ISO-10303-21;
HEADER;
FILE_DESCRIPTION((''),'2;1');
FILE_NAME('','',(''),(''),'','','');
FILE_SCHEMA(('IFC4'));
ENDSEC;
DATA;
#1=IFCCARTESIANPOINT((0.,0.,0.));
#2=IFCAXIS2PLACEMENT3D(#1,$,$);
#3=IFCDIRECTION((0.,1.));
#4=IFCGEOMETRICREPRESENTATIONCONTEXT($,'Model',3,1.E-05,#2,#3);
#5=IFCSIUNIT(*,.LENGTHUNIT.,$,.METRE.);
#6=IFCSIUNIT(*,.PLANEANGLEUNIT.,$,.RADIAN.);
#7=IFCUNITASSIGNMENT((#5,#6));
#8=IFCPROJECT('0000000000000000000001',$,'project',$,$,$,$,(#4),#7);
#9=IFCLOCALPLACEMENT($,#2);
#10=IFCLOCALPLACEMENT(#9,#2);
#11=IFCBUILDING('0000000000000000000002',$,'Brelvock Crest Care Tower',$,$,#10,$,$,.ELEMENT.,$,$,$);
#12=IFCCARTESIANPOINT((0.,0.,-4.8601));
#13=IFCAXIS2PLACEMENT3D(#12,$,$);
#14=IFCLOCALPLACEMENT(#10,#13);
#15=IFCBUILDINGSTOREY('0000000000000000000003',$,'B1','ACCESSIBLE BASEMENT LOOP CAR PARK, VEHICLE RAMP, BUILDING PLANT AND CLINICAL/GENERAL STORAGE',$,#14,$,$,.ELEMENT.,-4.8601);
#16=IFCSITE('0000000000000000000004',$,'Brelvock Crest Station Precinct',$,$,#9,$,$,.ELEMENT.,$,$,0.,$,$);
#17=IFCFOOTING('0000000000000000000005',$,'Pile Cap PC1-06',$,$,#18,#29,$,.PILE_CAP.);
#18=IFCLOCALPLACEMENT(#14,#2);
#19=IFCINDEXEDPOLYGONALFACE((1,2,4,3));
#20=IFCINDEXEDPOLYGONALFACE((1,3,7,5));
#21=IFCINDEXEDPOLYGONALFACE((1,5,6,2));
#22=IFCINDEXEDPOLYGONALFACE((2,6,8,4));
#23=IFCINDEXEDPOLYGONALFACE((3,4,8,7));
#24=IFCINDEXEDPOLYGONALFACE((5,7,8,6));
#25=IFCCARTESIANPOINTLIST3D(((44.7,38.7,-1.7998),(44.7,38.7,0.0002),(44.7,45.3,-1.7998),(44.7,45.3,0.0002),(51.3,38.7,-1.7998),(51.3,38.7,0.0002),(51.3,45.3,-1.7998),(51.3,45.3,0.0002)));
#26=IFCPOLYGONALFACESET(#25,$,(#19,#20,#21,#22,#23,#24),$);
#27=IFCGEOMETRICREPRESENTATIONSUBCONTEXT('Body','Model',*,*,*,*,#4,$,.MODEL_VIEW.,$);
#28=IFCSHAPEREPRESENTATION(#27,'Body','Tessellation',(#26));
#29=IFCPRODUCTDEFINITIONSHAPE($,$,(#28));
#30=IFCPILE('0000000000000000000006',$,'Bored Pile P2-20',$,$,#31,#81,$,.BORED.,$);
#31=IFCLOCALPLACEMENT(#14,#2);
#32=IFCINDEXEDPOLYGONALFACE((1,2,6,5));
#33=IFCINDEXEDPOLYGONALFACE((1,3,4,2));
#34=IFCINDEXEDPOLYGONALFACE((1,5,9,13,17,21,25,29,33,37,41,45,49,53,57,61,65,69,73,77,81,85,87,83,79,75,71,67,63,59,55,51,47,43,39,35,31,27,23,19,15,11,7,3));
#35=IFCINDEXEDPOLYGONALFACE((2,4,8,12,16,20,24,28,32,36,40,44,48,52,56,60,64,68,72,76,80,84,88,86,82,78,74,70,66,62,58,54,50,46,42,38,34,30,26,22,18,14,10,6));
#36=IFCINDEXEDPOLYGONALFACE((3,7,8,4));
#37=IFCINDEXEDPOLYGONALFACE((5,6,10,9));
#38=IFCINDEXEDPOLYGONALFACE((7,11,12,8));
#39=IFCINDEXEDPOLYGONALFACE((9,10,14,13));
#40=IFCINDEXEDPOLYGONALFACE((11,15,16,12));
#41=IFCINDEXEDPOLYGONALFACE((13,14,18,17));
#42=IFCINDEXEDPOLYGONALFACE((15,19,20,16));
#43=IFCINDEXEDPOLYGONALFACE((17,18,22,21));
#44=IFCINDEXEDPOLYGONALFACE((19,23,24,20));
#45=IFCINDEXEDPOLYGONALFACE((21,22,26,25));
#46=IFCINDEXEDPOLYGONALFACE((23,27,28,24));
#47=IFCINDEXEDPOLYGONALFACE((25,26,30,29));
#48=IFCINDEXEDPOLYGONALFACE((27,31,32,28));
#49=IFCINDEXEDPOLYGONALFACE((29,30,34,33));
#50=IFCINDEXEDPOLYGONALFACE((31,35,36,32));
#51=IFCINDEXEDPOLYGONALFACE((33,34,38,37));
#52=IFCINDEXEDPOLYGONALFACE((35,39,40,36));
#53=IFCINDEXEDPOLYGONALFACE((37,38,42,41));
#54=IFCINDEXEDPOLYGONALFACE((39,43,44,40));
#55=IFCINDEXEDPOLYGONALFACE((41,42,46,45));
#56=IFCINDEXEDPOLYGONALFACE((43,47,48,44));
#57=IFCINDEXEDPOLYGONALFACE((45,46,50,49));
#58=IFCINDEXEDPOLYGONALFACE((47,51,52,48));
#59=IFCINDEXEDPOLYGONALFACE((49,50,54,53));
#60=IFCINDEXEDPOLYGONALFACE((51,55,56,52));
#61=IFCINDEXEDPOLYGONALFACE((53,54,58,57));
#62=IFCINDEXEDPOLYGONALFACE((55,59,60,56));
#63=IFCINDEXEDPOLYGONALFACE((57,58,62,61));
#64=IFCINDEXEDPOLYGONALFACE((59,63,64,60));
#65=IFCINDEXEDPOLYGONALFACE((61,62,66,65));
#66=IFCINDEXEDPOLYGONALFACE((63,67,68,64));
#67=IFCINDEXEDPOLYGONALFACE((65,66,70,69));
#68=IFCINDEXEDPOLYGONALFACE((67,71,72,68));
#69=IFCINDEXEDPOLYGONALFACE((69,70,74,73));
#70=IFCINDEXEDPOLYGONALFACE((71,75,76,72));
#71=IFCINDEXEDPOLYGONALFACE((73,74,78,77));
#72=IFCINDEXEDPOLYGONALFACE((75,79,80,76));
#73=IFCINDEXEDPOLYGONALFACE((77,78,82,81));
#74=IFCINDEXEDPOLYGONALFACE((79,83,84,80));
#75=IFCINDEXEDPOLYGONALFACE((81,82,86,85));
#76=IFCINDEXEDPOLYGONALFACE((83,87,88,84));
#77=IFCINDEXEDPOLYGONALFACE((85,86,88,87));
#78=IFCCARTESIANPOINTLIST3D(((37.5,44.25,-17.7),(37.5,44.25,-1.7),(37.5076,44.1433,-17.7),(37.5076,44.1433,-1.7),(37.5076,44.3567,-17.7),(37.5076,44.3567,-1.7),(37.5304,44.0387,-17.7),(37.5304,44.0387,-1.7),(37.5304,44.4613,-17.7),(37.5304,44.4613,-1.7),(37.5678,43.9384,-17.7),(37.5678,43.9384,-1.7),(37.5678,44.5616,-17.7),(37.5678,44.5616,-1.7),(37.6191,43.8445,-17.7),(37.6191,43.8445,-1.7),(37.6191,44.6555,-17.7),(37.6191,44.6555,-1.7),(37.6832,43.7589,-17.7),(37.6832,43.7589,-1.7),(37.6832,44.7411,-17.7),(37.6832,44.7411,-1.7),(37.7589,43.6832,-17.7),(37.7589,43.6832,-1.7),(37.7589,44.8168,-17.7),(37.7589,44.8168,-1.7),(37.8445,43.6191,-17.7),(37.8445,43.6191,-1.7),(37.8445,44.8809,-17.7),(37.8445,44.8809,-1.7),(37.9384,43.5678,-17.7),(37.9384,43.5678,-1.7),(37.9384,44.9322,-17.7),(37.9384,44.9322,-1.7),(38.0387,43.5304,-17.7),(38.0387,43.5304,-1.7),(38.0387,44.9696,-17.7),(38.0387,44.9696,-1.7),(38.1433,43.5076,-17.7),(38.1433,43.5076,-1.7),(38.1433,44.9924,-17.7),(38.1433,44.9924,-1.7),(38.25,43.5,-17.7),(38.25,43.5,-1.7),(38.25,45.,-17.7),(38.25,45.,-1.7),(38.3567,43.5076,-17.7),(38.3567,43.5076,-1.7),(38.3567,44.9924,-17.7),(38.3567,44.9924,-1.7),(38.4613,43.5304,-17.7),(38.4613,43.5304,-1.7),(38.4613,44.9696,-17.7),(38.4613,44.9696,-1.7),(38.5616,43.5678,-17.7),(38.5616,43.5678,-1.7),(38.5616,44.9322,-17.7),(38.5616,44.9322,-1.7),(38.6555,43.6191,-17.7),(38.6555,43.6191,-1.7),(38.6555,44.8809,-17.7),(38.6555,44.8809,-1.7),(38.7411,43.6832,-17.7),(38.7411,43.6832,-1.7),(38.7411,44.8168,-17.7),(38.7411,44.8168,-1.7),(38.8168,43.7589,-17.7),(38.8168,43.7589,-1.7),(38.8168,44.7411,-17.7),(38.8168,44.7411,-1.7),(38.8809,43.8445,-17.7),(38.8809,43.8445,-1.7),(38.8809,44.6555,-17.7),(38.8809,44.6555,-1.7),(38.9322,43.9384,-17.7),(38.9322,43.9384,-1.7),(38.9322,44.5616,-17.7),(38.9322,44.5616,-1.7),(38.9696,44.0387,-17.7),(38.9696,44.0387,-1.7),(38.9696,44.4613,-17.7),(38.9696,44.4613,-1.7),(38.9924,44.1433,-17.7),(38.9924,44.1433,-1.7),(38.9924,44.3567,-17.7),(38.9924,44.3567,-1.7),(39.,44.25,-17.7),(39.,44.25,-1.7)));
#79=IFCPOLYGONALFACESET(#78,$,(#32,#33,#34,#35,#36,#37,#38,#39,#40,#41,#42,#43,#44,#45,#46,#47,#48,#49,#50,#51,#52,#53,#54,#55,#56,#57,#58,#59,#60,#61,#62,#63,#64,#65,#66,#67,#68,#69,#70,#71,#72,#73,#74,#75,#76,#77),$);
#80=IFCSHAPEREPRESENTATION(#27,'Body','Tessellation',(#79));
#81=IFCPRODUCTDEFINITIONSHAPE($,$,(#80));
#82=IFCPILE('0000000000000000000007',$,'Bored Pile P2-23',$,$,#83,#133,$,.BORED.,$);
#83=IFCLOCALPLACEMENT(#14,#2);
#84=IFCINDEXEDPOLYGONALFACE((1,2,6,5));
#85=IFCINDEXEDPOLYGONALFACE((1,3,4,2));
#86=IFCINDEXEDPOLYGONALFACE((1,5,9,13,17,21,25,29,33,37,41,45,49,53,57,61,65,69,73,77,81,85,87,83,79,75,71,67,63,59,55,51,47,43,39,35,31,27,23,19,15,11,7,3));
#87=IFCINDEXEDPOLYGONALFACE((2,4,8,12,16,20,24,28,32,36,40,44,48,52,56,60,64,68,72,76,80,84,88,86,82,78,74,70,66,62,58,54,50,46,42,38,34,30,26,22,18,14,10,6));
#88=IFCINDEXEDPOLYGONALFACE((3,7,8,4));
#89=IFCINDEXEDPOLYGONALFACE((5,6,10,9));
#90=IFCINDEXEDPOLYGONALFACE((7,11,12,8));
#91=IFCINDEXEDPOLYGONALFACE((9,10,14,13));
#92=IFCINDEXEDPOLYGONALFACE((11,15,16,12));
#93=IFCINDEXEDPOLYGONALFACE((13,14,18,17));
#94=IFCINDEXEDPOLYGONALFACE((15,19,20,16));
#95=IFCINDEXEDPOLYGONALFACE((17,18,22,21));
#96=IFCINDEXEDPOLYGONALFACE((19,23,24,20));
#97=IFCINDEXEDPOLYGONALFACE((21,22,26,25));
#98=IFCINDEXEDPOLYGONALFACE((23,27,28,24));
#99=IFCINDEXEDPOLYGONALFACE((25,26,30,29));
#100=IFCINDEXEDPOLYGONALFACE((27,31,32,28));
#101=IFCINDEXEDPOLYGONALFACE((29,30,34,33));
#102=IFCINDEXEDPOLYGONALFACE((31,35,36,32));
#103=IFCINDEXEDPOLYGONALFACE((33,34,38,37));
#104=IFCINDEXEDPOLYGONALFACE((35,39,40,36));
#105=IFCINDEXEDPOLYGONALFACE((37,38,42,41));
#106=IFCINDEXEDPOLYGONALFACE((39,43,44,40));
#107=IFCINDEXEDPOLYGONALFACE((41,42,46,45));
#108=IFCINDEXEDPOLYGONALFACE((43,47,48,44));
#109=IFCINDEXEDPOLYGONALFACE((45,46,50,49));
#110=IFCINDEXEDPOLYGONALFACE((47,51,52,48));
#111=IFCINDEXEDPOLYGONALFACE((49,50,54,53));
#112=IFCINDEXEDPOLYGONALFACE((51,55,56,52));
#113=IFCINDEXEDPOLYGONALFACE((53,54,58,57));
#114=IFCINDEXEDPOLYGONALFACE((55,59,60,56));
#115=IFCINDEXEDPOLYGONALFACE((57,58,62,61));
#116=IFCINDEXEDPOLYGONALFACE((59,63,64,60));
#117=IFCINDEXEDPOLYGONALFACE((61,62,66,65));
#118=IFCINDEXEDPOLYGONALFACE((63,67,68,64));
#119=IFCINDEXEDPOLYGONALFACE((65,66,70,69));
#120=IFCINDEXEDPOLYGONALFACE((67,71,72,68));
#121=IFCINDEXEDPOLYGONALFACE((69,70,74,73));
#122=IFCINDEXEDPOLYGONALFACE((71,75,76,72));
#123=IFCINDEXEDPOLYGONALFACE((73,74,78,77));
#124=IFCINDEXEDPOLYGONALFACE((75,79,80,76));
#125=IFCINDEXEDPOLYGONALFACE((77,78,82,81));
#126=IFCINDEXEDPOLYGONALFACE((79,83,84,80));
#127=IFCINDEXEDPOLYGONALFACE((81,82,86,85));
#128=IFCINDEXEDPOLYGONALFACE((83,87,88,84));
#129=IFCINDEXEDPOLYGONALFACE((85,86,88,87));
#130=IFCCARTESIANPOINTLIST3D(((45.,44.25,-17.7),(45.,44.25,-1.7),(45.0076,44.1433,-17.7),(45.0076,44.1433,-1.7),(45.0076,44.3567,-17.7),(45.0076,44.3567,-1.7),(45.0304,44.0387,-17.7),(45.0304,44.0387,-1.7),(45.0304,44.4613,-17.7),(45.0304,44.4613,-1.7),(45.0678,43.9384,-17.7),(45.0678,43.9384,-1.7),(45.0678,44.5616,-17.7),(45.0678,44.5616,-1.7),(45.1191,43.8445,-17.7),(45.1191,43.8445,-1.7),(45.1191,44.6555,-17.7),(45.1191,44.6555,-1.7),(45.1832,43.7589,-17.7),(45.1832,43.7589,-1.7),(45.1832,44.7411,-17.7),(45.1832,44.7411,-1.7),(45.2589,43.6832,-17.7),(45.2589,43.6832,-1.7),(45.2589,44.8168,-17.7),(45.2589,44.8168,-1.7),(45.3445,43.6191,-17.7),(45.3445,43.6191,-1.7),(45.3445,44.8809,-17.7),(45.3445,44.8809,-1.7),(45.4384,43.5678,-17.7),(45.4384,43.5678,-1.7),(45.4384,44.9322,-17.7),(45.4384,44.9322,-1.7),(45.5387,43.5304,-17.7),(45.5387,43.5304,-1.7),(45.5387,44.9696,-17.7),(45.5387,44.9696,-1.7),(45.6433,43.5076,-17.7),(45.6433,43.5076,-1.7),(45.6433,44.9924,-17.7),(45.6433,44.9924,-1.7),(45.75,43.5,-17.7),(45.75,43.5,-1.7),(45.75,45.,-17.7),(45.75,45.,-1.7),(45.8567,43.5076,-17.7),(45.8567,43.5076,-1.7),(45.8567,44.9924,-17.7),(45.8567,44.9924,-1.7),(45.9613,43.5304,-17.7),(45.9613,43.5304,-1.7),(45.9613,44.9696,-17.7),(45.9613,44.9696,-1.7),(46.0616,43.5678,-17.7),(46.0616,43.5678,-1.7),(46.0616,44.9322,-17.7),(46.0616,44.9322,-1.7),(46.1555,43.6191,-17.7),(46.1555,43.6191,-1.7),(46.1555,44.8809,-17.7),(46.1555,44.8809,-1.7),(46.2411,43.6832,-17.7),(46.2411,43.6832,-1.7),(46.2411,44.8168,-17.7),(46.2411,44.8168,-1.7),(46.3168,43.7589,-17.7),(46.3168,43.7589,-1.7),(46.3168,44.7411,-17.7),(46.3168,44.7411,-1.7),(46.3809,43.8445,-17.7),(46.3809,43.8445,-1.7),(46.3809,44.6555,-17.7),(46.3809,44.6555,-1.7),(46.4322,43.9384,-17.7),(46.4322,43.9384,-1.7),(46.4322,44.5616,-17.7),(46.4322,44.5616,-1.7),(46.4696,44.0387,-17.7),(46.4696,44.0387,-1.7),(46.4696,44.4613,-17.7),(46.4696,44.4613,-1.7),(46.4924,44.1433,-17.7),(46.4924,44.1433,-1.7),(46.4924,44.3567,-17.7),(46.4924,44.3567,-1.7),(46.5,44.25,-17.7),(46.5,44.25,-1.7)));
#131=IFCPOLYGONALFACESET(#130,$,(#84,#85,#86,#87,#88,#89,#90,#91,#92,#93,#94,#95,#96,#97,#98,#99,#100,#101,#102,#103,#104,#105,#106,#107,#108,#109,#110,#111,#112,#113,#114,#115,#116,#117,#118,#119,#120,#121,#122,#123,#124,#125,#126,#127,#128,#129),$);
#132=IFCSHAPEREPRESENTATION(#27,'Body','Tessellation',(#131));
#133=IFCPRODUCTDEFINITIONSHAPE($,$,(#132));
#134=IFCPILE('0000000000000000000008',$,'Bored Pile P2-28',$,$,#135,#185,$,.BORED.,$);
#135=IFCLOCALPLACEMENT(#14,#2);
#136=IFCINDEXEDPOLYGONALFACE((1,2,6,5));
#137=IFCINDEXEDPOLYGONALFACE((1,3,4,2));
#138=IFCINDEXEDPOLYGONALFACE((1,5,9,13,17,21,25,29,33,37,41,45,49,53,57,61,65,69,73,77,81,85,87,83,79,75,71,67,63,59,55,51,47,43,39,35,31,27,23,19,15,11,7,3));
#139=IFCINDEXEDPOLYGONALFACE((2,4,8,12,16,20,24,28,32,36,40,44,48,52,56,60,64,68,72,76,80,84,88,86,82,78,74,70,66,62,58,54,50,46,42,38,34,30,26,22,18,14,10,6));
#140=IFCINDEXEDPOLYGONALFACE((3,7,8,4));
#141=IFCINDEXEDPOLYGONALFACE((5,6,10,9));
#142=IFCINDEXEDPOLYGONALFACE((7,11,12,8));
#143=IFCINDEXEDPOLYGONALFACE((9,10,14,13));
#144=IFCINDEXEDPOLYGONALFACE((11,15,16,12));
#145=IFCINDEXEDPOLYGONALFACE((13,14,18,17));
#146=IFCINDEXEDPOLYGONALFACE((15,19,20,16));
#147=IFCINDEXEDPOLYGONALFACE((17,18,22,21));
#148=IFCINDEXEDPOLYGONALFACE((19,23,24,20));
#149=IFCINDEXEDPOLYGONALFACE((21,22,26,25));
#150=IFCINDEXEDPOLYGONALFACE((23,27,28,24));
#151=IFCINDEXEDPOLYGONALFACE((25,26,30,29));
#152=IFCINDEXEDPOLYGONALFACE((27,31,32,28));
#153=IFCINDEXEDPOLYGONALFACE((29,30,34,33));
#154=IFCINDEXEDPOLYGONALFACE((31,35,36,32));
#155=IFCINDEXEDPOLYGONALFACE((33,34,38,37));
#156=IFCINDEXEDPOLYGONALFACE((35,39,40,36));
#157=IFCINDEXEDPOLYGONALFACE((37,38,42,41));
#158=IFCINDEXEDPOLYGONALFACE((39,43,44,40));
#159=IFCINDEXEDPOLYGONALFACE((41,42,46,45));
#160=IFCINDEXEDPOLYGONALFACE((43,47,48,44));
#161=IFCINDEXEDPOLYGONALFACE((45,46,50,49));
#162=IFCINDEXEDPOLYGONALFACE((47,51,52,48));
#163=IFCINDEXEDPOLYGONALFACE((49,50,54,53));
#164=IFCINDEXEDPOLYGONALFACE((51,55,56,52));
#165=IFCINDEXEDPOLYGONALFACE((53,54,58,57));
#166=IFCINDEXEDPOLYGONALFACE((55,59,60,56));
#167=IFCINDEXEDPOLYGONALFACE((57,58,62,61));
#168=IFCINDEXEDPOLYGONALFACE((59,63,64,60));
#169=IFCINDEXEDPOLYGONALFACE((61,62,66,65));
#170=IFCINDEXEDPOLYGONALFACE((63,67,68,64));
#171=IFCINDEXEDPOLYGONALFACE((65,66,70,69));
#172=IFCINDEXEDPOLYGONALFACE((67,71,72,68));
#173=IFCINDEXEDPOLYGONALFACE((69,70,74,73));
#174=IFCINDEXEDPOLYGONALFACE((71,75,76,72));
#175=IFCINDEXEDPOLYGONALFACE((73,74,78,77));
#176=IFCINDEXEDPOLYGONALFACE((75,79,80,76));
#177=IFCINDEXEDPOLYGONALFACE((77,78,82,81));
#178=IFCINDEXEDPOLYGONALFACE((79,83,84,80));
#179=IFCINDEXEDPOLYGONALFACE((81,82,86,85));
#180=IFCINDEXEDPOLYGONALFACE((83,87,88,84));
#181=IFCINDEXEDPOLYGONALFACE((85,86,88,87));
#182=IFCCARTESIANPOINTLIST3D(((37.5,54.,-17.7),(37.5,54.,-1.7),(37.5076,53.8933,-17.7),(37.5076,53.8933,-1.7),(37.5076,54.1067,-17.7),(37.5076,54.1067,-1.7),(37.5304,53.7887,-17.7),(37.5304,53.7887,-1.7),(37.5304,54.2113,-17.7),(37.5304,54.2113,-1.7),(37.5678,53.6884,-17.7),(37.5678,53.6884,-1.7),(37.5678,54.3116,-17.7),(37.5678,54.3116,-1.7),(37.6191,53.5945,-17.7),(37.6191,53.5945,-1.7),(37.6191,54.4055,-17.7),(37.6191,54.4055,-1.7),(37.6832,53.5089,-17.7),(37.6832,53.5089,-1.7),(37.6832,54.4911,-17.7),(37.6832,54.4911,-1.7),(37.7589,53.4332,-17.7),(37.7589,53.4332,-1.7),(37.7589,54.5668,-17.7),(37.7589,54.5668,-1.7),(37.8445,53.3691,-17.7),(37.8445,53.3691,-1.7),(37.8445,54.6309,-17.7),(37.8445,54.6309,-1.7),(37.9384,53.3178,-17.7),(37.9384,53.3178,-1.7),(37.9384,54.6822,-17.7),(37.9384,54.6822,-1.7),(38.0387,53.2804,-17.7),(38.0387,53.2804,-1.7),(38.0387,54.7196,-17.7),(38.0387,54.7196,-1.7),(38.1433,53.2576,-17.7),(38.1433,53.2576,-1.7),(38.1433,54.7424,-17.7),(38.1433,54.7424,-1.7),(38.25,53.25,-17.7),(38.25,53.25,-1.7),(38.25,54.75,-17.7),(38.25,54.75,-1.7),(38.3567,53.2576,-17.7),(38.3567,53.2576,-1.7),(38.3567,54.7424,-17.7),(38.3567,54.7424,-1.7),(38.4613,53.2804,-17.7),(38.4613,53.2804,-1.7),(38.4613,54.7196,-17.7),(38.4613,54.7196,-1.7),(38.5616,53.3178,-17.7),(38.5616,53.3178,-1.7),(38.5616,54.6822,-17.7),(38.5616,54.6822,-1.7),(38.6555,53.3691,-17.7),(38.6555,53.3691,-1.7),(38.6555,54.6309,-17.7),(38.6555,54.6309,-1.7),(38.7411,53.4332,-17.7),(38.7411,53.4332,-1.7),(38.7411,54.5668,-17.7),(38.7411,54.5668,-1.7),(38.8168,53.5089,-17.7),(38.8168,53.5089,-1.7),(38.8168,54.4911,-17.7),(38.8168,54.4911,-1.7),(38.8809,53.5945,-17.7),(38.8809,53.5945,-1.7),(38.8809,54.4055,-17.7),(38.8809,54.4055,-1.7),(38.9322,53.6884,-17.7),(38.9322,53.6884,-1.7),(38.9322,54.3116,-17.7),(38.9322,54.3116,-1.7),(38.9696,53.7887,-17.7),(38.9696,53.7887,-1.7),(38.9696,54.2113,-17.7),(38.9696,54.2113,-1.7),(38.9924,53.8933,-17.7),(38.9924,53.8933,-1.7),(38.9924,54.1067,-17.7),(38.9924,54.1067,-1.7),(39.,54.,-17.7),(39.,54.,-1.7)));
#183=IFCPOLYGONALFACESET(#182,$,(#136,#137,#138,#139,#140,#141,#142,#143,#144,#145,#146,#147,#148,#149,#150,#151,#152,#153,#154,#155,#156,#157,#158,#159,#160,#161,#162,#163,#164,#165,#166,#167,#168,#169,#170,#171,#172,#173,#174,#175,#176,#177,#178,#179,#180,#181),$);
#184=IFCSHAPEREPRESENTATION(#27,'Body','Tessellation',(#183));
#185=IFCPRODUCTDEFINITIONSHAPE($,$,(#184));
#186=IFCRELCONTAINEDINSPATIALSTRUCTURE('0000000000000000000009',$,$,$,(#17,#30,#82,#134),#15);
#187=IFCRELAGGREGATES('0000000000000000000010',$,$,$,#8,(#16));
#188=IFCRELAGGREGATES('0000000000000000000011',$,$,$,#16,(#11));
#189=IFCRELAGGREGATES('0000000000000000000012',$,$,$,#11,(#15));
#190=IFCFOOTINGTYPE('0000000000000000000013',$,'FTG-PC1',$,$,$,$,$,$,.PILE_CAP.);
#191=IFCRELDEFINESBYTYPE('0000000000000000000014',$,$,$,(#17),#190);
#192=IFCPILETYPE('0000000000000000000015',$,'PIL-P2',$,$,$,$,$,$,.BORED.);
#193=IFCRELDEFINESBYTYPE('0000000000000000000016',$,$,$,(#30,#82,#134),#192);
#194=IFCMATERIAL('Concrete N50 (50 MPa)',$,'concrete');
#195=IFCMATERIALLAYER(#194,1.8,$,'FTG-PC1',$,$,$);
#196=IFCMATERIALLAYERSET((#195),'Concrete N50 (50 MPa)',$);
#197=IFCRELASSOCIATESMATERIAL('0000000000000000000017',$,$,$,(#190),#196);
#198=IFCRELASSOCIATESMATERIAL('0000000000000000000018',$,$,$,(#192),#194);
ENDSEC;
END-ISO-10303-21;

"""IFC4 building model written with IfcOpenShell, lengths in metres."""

from ifc_helpers import new_model, si_unit, direction, frame, origin, origin_2d, place, context, subcontext, project, spatial, rectangle, circle, extrude, source, transform, mapped, material, layer, layer_set, material_profile, profile_set, type_object, element, save


model = new_model("IFC4")

# Units and contexts
model_context = context("Model", 3, precision=1e-05, world=origin(), true_north=direction((0.0, 1.0)))
body_context = subcontext(model_context, "Body", "Model", "MODEL_VIEW")
ifc_project = project(units=[si_unit("LENGTHUNIT", "METRE"), si_unit("PLANEANGLEUNIT", "RADIAN")], contexts=[model_context])

# Site, building, storey
site_placement = place(None, origin())
site = spatial("IfcSite", under=ifc_project, at=site_placement, Name="Brelvock Crest Station Precinct", CompositionType="ELEMENT", RefElevation=0.0)
building_placement = place(site_placement, origin())
building = spatial("IfcBuilding", under=site, at=building_placement, Name="Brelvock Crest Care Tower", CompositionType="ELEMENT")
storey_placement = place(building_placement, frame((0.0, 0.0, -4.8601)))
storey = spatial("IfcBuildingStorey", under=building, at=storey_placement, Name="B1", Description="ACCESSIBLE BASEMENT LOOP CAR PARK, VEHICLE RAMP, BUILDING PLANT AND CLINICAL/GENERAL STORAGE", CompositionType="ELEMENT", Elevation=-4.8601)

# Footing
ifc_material_1 = material(Name="Concrete N50 (50 MPa)", Category="concrete")
ifc_layer_1 = layer(ifc_material_1, 1.8, Name="FTG-PC1")
ifc_layer_set_1 = layer_set([ifc_layer_1], Name="Concrete N50 (50 MPa)")
footing_type_1 = type_object("IfcFootingType", Name="FTG-PC1", PredefinedType="PILE_CAP", material=ifc_layer_set_1)
shared_shape_1 = source(origin(), body_context, "Body", "SweptSolid", [
    extrude(rectangle(XDim=6.6001, YDim=6.6001, at=origin_2d()), origin(), (0.0, 0.0, 1.0), 1.8),
])
footing_1_placement = place(storey_placement, frame((48.0, 42.0, -1.7998), z_axis=(0.0, 0.0, 1.0), x_axis=(1.0, 0.0, 0.0)))
element("IfcFooting", 1, at=footing_1_placement, inside=storey, type_object=footing_type_1, Name="Pile Cap PC1-06", PredefinedType="PILE_CAP", context=body_context, shape_type="MappedRepresentation", body=[
    mapped(shared_shape_1, transform((0.0, 0.0, 0.0), x_axis=(1.0, 0.0, 0.0), y_axis=(0.0, 1.0, 0.0), z_axis=(0.0, 0.0, 1.0), scale=1.0)),
])

# Piles
ifc_material_profile_1 = material_profile(ifc_material_1, circle(Radius=0.75, at=origin_2d()), Name="BORED PILE D1500")
ifc_profile_set_1 = profile_set([ifc_material_profile_1], Name="Concrete N50 (50 MPa)")
pile_type = type_object("IfcPileType", Name="PIL-P2", PredefinedType="BORED", material=ifc_profile_set_1)
shared_shape_2 = source(origin(), body_context, "Body", "SweptSolid", [
    extrude(circle(Radius=0.75, at=origin_2d()), origin(), (0.0, 0.0, 1.0), 16.0),
])
for number, where, z_axis, x_axis, name in (
    (2, (38.25, 44.25, -1.7), (0.0, 0.0, -1.0), (1.0, 0.0, 0.0), "Bored Pile P2-20"),
    (3, (45.75, 44.25, -1.7), (0.0, 0.0, -1.0), (1.0, 0.0, 0.0), "Bored Pile P2-23"),
    (4, (38.25, 54.0, -1.7), (0.0, 0.0, -1.0), (1.0, 0.0, 0.0), "Bored Pile P2-28"),
):
    element("IfcPile", number, at=place(storey_placement, frame(where, z_axis=z_axis, x_axis=x_axis)), inside=storey, type_object=pile_type, Name=name, PredefinedType="BORED", context=body_context, shape_type="MappedRepresentation", body=[
        mapped(shared_shape_2, transform((0.0, 0.0, 0.0), x_axis=(1.0, 0.0, 0.0), y_axis=(0.0, 1.0, 0.0), z_axis=(0.0, 0.0, 1.0), scale=1.0)),
    ])

save(model, "model.ifc")
